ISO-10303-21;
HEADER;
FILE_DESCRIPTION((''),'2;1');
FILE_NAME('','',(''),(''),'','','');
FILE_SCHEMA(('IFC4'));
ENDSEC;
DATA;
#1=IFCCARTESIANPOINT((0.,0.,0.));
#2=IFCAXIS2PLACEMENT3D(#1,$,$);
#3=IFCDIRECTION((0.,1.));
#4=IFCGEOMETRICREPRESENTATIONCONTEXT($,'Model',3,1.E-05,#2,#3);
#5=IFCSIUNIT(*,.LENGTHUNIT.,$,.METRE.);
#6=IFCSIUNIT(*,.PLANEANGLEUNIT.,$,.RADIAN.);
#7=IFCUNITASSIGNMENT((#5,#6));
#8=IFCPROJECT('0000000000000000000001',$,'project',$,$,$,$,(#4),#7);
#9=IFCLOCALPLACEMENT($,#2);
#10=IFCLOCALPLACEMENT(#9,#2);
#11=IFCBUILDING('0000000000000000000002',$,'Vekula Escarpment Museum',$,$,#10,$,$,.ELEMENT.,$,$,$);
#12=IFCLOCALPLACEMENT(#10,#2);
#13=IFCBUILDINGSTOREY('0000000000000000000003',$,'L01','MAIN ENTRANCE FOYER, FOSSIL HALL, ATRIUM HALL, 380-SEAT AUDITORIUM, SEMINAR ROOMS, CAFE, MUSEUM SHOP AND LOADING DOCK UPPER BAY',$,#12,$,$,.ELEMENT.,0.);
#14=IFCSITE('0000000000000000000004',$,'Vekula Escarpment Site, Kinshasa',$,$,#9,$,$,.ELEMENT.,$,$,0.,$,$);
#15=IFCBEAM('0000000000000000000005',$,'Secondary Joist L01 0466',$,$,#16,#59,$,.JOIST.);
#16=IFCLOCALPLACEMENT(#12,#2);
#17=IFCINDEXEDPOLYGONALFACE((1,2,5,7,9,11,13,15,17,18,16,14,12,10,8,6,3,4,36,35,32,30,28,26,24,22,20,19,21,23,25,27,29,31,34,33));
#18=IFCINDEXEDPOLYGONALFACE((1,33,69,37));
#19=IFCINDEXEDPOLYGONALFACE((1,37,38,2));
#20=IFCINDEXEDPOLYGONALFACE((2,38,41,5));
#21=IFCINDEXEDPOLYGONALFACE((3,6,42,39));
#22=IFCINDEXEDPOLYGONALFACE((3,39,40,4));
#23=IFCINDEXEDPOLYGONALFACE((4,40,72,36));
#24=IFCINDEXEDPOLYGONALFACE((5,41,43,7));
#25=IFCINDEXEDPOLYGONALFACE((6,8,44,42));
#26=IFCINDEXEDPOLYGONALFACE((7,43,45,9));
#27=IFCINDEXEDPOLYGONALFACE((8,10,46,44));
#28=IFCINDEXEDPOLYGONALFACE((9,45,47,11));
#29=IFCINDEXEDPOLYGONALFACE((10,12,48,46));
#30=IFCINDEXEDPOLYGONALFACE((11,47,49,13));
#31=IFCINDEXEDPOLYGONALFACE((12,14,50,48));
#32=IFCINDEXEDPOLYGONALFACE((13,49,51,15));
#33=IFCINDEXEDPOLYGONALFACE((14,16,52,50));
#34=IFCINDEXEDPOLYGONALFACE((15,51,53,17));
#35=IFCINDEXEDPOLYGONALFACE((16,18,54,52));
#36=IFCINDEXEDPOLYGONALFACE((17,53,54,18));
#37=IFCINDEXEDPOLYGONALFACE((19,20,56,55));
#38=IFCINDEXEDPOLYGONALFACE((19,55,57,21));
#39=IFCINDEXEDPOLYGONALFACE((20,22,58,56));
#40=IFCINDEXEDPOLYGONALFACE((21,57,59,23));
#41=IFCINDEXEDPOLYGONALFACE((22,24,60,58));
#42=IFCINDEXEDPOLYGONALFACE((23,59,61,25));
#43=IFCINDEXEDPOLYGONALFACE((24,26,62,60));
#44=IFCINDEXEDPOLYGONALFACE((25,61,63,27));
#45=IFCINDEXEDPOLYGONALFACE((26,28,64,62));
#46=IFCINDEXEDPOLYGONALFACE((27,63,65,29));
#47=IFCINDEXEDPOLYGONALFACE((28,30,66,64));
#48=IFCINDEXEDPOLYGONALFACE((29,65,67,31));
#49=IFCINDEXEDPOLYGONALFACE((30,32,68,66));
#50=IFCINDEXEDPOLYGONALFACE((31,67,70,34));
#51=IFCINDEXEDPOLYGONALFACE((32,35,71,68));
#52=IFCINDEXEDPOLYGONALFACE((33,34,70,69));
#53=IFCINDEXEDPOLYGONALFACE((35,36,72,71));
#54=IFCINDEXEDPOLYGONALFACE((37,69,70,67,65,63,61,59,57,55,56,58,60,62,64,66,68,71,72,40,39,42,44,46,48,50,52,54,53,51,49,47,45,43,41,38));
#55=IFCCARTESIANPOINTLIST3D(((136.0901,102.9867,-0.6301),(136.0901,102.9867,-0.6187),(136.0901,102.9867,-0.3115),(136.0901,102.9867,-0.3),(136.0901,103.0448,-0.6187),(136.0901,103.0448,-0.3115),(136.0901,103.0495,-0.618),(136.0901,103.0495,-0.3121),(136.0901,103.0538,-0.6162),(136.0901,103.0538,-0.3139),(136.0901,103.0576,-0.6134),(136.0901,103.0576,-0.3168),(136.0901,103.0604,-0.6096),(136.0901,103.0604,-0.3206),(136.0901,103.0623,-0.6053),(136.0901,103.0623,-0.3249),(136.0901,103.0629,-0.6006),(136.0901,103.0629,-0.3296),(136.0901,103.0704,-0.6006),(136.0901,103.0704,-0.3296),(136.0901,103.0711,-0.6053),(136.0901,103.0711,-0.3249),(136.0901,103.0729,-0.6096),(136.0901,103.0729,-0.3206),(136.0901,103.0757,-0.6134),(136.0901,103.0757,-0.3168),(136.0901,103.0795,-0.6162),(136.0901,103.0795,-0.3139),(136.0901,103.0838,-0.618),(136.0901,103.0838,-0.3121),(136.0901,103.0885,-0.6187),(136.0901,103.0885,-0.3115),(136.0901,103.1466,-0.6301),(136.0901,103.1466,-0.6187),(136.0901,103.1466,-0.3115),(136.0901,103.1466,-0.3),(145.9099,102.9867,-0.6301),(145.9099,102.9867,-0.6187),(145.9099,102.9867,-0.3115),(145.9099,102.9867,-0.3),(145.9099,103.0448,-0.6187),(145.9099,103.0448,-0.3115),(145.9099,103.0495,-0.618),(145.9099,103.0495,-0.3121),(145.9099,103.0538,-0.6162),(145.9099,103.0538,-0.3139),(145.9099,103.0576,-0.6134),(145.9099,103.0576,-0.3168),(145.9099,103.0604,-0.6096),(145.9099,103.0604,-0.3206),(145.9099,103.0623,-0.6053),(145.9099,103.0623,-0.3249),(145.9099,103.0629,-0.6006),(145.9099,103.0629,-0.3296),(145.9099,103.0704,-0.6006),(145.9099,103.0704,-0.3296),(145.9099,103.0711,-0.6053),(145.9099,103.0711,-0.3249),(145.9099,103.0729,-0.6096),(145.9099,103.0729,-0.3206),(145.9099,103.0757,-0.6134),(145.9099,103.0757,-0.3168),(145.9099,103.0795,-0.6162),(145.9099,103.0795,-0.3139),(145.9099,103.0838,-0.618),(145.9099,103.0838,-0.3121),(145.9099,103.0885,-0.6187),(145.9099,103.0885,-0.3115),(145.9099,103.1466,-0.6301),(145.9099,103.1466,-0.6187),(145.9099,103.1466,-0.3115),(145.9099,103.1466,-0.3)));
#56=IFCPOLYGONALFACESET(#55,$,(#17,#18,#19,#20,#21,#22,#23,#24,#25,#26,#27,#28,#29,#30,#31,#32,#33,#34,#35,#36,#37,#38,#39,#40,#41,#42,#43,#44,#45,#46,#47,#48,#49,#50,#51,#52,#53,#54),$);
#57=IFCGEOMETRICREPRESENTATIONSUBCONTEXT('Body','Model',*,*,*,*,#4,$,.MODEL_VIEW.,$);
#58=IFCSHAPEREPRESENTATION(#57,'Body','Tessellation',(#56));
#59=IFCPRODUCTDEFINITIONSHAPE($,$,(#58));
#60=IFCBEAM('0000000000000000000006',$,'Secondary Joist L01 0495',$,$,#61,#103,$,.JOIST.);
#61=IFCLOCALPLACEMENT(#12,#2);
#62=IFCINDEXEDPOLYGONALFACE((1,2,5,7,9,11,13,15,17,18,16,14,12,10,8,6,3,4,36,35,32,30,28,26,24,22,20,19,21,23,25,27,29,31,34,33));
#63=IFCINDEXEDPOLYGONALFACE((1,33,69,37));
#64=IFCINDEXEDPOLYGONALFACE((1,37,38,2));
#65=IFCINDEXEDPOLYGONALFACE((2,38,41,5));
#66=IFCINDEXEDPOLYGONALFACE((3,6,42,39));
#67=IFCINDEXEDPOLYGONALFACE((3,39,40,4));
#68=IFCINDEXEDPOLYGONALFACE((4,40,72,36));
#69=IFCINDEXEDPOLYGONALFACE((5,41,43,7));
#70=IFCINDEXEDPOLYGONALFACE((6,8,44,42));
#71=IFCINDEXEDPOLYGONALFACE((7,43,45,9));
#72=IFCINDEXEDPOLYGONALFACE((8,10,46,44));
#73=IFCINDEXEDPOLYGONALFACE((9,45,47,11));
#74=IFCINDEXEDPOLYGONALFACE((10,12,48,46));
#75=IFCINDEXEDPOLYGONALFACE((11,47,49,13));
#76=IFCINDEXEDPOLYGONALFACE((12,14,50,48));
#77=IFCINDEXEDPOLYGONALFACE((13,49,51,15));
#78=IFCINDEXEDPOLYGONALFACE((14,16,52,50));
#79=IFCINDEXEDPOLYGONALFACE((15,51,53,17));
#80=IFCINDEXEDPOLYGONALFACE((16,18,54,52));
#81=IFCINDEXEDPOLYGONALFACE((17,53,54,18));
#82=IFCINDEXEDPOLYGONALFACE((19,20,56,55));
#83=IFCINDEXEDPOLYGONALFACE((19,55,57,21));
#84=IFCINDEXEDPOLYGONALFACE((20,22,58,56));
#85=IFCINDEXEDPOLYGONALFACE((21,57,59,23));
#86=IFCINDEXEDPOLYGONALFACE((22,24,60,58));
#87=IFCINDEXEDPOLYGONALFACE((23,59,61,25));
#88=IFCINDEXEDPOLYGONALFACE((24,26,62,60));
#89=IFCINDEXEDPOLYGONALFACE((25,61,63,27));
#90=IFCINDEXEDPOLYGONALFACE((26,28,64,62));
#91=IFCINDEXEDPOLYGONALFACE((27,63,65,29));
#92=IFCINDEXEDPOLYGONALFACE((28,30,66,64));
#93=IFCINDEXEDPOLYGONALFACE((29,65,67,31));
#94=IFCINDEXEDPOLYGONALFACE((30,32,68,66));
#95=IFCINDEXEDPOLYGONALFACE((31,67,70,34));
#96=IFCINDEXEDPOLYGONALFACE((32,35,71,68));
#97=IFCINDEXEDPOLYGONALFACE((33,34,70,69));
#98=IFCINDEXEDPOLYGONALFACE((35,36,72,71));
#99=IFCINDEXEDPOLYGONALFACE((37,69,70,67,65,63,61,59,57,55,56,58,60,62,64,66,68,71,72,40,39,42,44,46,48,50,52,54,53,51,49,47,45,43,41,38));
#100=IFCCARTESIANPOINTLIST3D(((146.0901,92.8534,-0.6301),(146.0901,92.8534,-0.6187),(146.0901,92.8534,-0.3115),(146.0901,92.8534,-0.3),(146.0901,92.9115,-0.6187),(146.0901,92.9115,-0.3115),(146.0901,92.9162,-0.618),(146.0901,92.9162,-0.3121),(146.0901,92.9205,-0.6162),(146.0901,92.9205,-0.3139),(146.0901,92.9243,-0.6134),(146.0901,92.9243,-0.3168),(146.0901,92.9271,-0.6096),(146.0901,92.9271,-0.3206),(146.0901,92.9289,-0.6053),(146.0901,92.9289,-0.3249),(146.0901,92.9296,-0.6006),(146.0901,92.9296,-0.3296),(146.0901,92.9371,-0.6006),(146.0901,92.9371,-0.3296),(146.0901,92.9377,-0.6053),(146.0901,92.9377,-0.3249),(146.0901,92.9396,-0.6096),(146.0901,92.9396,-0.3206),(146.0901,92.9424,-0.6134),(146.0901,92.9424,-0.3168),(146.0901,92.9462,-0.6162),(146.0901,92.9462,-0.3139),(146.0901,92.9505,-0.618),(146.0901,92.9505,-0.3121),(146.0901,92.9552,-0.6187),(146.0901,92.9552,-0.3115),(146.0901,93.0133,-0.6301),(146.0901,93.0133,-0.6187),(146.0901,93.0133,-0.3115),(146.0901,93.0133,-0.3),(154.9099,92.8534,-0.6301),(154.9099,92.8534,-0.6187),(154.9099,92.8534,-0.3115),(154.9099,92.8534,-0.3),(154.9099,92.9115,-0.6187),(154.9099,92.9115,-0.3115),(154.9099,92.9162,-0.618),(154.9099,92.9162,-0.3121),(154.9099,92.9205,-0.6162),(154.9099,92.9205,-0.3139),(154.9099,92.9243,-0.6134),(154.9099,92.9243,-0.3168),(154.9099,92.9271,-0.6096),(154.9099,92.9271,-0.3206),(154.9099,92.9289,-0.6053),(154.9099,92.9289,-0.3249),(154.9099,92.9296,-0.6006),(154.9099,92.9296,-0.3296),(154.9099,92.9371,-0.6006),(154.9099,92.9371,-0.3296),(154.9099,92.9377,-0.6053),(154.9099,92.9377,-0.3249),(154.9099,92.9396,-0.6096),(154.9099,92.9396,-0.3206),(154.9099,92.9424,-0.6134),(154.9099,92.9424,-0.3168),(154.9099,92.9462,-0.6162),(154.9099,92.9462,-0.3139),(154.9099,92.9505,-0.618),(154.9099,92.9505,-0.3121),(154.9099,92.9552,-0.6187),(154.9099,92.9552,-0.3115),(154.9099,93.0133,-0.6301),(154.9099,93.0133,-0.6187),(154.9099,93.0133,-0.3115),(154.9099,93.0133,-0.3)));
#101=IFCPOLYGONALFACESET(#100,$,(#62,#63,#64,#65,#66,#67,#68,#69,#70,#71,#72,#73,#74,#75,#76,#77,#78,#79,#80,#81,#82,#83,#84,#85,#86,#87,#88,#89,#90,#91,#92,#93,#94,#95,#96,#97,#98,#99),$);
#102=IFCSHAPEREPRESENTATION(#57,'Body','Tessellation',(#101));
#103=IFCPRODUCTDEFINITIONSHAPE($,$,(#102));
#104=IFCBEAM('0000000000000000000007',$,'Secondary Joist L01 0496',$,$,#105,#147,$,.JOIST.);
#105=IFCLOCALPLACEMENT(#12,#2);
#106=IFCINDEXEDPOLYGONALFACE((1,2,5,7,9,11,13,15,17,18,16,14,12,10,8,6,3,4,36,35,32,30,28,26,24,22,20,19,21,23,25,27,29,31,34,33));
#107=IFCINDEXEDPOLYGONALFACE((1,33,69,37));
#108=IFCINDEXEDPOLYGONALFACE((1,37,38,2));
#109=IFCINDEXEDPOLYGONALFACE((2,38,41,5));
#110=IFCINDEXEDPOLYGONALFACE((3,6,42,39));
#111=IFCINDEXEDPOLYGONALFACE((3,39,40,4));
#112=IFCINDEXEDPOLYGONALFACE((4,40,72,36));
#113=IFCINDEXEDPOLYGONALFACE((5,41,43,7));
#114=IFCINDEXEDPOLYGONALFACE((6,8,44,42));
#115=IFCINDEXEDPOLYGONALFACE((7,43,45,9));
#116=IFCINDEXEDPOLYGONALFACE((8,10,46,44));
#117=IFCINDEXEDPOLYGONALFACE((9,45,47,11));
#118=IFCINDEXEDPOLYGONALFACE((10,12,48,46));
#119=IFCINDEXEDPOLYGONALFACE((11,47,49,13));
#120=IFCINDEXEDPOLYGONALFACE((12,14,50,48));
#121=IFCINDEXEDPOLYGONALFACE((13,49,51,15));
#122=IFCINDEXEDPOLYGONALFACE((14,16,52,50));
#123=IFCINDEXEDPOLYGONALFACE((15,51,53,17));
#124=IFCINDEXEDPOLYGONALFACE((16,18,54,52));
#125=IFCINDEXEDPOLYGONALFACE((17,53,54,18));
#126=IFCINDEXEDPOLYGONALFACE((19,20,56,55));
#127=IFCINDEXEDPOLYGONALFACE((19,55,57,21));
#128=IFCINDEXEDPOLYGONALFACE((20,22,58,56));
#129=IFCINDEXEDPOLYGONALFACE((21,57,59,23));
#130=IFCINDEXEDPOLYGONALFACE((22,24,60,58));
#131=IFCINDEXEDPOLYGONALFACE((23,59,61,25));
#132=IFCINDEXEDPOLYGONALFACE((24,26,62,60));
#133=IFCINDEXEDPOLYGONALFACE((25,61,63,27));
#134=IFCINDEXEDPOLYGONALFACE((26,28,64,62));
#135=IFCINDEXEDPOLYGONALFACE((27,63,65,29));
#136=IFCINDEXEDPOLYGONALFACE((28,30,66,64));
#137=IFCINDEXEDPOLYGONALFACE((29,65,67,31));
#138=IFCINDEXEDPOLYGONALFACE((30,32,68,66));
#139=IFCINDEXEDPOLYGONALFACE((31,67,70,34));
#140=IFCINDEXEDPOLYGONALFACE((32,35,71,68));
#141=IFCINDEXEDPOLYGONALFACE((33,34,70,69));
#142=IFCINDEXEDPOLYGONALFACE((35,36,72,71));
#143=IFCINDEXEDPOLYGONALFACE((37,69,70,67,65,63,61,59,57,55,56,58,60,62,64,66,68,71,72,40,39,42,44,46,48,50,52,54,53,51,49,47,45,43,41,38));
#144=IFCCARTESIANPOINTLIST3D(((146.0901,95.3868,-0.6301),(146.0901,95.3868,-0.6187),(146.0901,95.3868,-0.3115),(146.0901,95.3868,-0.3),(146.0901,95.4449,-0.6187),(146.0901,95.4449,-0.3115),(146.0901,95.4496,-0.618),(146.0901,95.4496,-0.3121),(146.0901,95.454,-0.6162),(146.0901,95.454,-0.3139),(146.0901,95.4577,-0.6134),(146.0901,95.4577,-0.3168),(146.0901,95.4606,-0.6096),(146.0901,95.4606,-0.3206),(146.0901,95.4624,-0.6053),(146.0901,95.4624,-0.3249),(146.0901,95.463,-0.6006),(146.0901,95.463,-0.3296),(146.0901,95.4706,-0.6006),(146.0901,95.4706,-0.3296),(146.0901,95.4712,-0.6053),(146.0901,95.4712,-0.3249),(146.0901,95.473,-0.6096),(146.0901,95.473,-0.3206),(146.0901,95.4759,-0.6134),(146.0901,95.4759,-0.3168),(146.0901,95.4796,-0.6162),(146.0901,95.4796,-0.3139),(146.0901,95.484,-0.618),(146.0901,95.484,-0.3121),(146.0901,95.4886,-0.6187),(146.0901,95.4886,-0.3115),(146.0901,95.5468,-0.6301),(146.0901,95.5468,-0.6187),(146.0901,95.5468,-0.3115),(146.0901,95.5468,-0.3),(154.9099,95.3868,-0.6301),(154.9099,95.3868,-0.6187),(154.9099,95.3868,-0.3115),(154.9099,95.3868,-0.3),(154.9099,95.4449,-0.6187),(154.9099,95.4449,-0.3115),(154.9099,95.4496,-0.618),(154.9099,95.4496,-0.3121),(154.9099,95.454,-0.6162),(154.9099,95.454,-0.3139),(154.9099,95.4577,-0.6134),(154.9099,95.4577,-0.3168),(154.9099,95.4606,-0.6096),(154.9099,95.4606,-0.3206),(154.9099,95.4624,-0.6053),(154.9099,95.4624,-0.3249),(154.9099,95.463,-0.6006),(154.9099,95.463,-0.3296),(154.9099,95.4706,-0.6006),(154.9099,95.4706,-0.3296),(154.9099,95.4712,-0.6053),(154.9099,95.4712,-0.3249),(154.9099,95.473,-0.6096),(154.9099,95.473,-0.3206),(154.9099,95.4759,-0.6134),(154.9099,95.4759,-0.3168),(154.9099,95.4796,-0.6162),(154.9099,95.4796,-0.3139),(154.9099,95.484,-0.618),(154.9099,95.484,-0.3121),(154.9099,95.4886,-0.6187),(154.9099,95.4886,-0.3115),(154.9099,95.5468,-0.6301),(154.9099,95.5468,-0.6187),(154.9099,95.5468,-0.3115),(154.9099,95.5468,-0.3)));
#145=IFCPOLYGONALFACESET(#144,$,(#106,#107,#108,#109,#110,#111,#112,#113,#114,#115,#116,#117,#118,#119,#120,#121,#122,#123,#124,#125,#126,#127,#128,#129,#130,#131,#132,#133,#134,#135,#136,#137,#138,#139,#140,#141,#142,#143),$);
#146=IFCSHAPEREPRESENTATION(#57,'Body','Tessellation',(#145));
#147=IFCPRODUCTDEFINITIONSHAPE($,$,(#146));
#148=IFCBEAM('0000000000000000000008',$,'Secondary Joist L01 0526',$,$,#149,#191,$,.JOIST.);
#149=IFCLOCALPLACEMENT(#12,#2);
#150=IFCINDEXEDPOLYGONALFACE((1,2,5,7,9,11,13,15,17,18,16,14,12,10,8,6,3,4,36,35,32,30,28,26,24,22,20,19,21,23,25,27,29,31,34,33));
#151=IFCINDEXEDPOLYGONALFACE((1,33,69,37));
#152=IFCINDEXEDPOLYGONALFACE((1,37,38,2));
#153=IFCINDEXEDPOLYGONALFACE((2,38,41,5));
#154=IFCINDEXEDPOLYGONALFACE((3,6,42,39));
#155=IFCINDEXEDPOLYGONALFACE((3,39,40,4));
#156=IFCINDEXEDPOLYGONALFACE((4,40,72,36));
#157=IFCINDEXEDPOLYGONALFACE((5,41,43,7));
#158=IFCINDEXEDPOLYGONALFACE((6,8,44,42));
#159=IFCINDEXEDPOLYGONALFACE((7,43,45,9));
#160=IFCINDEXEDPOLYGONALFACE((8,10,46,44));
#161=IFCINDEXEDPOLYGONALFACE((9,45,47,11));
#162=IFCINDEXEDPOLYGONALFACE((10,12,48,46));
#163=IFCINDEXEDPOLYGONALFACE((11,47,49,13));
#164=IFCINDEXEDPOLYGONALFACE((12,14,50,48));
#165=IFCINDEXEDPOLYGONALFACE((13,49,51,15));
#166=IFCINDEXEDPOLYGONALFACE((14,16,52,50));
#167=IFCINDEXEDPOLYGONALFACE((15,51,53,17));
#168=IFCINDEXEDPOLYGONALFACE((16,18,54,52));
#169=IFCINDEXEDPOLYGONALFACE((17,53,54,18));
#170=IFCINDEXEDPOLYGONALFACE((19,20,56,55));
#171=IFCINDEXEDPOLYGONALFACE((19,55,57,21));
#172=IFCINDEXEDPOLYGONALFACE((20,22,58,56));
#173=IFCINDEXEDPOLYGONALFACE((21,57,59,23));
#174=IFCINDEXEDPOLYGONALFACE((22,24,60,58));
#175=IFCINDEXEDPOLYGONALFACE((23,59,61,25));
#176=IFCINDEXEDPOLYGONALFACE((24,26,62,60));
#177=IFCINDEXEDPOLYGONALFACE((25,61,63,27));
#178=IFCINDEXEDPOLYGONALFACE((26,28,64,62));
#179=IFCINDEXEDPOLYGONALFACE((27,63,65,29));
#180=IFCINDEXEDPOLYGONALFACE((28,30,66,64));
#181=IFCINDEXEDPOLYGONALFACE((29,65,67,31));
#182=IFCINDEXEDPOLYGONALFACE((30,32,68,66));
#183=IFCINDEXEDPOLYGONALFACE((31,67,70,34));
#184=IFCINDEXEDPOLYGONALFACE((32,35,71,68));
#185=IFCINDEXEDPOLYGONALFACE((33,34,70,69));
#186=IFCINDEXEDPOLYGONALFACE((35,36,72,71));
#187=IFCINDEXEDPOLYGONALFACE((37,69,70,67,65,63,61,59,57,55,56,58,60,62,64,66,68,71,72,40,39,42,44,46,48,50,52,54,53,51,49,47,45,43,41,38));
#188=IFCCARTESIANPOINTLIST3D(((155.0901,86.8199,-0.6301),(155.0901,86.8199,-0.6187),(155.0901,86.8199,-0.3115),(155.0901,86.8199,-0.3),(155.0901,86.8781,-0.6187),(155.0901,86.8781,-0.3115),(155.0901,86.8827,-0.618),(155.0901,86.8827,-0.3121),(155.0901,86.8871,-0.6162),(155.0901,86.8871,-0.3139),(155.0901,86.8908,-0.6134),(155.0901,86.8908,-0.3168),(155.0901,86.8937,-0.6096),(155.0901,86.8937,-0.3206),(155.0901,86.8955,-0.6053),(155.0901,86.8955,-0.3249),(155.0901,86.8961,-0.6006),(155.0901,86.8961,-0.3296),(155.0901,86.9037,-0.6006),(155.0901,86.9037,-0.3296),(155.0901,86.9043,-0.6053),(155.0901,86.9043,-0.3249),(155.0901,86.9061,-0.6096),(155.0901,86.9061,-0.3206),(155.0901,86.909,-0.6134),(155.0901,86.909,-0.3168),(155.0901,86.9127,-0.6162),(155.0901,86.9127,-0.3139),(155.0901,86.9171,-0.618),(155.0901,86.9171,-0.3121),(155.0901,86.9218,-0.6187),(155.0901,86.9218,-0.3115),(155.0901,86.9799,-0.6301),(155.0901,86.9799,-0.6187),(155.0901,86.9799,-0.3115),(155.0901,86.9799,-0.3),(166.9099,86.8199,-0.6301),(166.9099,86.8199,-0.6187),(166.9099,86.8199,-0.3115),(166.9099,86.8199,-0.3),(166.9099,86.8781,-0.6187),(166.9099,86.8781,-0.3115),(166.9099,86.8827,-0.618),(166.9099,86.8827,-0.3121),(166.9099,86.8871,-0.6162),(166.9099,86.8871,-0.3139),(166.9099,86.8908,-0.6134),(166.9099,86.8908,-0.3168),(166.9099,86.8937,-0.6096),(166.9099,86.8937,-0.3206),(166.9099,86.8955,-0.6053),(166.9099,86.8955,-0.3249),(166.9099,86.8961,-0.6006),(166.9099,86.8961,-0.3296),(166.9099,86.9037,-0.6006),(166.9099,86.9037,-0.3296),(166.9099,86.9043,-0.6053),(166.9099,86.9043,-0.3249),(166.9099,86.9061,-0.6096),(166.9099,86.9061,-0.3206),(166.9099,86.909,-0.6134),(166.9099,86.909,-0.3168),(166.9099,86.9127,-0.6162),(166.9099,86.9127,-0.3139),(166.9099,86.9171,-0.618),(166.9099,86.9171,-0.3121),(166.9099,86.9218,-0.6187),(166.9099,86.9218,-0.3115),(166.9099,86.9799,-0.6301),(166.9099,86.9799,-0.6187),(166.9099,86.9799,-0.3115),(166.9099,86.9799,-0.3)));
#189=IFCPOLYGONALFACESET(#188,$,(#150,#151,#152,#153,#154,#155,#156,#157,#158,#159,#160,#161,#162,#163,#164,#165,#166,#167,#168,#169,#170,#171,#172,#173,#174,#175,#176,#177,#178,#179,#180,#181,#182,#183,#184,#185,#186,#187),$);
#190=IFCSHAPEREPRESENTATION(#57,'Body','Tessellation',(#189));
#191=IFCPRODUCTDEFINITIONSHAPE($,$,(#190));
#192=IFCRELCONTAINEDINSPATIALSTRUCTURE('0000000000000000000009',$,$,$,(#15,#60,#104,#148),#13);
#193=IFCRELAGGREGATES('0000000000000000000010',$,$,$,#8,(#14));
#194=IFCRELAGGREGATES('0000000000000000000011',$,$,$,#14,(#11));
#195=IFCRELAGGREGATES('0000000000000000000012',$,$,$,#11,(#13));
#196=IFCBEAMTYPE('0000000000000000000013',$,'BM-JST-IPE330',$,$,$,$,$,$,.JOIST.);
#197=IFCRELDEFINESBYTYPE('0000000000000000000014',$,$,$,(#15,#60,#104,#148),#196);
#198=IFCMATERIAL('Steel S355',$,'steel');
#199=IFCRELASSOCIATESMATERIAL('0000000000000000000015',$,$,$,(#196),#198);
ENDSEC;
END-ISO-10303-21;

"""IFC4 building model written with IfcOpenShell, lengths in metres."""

from ifc_helpers import new_model, si_unit, direction, frame, origin, origin_2d, place, context, subcontext, project, spatial, i_section, extrude, material, material_profile, profile_set, type_object, element, save


model = new_model("IFC4")

# Units and contexts
model_context = context("Model", 3, precision=1e-05, world=origin(), true_north=direction((0.0, 1.0)))
body_context = subcontext(model_context, "Body", "Model", "MODEL_VIEW")
ifc_project = project(units=[si_unit("LENGTHUNIT", "METRE"), si_unit("PLANEANGLEUNIT", "RADIAN")], contexts=[model_context])

# Site, building, storey
site_placement = place(None, origin())
site = spatial("IfcSite", under=ifc_project, at=site_placement, Name="Vekula Escarpment Site, Kinshasa", CompositionType="ELEMENT", RefElevation=0.0)
building_placement = place(site_placement, origin())
building = spatial("IfcBuilding", under=site, at=building_placement, Name="Vekula Escarpment Museum", CompositionType="ELEMENT")
storey_placement = place(building_placement, origin())
storey = spatial("IfcBuildingStorey", under=building, at=storey_placement, Name="L01", Description="MAIN ENTRANCE FOYER, FOSSIL HALL, ATRIUM HALL, 380-SEAT AUDITORIUM, SEMINAR ROOMS, CAFE, MUSEUM SHOP AND LOADING DOCK UPPER BAY", CompositionType="ELEMENT", Elevation=0.0)

# Beams
ifc_material_1 = material(Name="Steel S355", Category="steel")
ifc_material_profile_1 = material_profile(ifc_material_1, i_section(OverallWidth=0.1599, OverallDepth=0.3301, WebThickness=0.0076, FlangeThickness=0.0115, FilletRadius=0.0181, at=origin_2d()), Name="IPE 330")
ifc_profile_set_1 = profile_set([ifc_material_profile_1], Name="Steel S355")
beam_type_1 = type_object("IfcBeamType", Name="BM-JST-IPE330", PredefinedType="JOIST", material=ifc_profile_set_1)
for number, where, z_axis, x_axis, name in (
    (1, (136.0901, 103.0667, -0.4651), (1.0, 0.0, 0.0), (0.0, 1.0, 0.0), "Secondary Joist L01 0466"),
):
    element("IfcBeam", number, at=place(storey_placement, frame(where, z_axis=z_axis, x_axis=x_axis)), inside=storey, type_object=beam_type_1, Name=name, PredefinedType="JOIST", context=body_context, shape_type="SweptSolid", body=[
        extrude(i_section(OverallWidth=0.1599, OverallDepth=0.3301, WebThickness=0.0076, FlangeThickness=0.0115, FilletRadius=0.0181, at=origin_2d()), origin(), (0.0, 0.0, 1.0), 9.8198),
    ])
for number, where, z_axis, x_axis, name in (
    (2, (146.0901, 92.9333, -0.4651), (1.0, 0.0, 0.0), (0.0, 1.0, 0.0), "Secondary Joist L01 0495"),
    (3, (146.0901, 95.4668, -0.4651), (1.0, 0.0, 0.0), (0.0, 1.0, 0.0), "Secondary Joist L01 0496"),
):
    element("IfcBeam", number, at=place(storey_placement, frame(where, z_axis=z_axis, x_axis=x_axis)), inside=storey, type_object=beam_type_1, Name=name, PredefinedType="JOIST", context=body_context, shape_type="SweptSolid", body=[
        extrude(i_section(OverallWidth=0.1599, OverallDepth=0.3301, WebThickness=0.0076, FlangeThickness=0.0115, FilletRadius=0.0181, at=origin_2d()), origin(), (0.0, 0.0, 1.0), 8.8198),
    ])
beam_1_placement = place(storey_placement, frame((155.0901, 86.8999, -0.4651), z_axis=(1.0, 0.0, 0.0), x_axis=(0.0, 1.0, 0.0)))
element("IfcBeam", 4, at=beam_1_placement, inside=storey, type_object=beam_type_1, Name="Secondary Joist L01 0526", PredefinedType="JOIST", context=body_context, shape_type="SweptSolid", body=[
    extrude(i_section(OverallWidth=0.1599, OverallDepth=0.3301, WebThickness=0.0076, FlangeThickness=0.0115, FilletRadius=0.0181, at=origin_2d()), origin(), (0.0, 0.0, 1.0), 11.8198),
])

save(model, "model.ifc")
